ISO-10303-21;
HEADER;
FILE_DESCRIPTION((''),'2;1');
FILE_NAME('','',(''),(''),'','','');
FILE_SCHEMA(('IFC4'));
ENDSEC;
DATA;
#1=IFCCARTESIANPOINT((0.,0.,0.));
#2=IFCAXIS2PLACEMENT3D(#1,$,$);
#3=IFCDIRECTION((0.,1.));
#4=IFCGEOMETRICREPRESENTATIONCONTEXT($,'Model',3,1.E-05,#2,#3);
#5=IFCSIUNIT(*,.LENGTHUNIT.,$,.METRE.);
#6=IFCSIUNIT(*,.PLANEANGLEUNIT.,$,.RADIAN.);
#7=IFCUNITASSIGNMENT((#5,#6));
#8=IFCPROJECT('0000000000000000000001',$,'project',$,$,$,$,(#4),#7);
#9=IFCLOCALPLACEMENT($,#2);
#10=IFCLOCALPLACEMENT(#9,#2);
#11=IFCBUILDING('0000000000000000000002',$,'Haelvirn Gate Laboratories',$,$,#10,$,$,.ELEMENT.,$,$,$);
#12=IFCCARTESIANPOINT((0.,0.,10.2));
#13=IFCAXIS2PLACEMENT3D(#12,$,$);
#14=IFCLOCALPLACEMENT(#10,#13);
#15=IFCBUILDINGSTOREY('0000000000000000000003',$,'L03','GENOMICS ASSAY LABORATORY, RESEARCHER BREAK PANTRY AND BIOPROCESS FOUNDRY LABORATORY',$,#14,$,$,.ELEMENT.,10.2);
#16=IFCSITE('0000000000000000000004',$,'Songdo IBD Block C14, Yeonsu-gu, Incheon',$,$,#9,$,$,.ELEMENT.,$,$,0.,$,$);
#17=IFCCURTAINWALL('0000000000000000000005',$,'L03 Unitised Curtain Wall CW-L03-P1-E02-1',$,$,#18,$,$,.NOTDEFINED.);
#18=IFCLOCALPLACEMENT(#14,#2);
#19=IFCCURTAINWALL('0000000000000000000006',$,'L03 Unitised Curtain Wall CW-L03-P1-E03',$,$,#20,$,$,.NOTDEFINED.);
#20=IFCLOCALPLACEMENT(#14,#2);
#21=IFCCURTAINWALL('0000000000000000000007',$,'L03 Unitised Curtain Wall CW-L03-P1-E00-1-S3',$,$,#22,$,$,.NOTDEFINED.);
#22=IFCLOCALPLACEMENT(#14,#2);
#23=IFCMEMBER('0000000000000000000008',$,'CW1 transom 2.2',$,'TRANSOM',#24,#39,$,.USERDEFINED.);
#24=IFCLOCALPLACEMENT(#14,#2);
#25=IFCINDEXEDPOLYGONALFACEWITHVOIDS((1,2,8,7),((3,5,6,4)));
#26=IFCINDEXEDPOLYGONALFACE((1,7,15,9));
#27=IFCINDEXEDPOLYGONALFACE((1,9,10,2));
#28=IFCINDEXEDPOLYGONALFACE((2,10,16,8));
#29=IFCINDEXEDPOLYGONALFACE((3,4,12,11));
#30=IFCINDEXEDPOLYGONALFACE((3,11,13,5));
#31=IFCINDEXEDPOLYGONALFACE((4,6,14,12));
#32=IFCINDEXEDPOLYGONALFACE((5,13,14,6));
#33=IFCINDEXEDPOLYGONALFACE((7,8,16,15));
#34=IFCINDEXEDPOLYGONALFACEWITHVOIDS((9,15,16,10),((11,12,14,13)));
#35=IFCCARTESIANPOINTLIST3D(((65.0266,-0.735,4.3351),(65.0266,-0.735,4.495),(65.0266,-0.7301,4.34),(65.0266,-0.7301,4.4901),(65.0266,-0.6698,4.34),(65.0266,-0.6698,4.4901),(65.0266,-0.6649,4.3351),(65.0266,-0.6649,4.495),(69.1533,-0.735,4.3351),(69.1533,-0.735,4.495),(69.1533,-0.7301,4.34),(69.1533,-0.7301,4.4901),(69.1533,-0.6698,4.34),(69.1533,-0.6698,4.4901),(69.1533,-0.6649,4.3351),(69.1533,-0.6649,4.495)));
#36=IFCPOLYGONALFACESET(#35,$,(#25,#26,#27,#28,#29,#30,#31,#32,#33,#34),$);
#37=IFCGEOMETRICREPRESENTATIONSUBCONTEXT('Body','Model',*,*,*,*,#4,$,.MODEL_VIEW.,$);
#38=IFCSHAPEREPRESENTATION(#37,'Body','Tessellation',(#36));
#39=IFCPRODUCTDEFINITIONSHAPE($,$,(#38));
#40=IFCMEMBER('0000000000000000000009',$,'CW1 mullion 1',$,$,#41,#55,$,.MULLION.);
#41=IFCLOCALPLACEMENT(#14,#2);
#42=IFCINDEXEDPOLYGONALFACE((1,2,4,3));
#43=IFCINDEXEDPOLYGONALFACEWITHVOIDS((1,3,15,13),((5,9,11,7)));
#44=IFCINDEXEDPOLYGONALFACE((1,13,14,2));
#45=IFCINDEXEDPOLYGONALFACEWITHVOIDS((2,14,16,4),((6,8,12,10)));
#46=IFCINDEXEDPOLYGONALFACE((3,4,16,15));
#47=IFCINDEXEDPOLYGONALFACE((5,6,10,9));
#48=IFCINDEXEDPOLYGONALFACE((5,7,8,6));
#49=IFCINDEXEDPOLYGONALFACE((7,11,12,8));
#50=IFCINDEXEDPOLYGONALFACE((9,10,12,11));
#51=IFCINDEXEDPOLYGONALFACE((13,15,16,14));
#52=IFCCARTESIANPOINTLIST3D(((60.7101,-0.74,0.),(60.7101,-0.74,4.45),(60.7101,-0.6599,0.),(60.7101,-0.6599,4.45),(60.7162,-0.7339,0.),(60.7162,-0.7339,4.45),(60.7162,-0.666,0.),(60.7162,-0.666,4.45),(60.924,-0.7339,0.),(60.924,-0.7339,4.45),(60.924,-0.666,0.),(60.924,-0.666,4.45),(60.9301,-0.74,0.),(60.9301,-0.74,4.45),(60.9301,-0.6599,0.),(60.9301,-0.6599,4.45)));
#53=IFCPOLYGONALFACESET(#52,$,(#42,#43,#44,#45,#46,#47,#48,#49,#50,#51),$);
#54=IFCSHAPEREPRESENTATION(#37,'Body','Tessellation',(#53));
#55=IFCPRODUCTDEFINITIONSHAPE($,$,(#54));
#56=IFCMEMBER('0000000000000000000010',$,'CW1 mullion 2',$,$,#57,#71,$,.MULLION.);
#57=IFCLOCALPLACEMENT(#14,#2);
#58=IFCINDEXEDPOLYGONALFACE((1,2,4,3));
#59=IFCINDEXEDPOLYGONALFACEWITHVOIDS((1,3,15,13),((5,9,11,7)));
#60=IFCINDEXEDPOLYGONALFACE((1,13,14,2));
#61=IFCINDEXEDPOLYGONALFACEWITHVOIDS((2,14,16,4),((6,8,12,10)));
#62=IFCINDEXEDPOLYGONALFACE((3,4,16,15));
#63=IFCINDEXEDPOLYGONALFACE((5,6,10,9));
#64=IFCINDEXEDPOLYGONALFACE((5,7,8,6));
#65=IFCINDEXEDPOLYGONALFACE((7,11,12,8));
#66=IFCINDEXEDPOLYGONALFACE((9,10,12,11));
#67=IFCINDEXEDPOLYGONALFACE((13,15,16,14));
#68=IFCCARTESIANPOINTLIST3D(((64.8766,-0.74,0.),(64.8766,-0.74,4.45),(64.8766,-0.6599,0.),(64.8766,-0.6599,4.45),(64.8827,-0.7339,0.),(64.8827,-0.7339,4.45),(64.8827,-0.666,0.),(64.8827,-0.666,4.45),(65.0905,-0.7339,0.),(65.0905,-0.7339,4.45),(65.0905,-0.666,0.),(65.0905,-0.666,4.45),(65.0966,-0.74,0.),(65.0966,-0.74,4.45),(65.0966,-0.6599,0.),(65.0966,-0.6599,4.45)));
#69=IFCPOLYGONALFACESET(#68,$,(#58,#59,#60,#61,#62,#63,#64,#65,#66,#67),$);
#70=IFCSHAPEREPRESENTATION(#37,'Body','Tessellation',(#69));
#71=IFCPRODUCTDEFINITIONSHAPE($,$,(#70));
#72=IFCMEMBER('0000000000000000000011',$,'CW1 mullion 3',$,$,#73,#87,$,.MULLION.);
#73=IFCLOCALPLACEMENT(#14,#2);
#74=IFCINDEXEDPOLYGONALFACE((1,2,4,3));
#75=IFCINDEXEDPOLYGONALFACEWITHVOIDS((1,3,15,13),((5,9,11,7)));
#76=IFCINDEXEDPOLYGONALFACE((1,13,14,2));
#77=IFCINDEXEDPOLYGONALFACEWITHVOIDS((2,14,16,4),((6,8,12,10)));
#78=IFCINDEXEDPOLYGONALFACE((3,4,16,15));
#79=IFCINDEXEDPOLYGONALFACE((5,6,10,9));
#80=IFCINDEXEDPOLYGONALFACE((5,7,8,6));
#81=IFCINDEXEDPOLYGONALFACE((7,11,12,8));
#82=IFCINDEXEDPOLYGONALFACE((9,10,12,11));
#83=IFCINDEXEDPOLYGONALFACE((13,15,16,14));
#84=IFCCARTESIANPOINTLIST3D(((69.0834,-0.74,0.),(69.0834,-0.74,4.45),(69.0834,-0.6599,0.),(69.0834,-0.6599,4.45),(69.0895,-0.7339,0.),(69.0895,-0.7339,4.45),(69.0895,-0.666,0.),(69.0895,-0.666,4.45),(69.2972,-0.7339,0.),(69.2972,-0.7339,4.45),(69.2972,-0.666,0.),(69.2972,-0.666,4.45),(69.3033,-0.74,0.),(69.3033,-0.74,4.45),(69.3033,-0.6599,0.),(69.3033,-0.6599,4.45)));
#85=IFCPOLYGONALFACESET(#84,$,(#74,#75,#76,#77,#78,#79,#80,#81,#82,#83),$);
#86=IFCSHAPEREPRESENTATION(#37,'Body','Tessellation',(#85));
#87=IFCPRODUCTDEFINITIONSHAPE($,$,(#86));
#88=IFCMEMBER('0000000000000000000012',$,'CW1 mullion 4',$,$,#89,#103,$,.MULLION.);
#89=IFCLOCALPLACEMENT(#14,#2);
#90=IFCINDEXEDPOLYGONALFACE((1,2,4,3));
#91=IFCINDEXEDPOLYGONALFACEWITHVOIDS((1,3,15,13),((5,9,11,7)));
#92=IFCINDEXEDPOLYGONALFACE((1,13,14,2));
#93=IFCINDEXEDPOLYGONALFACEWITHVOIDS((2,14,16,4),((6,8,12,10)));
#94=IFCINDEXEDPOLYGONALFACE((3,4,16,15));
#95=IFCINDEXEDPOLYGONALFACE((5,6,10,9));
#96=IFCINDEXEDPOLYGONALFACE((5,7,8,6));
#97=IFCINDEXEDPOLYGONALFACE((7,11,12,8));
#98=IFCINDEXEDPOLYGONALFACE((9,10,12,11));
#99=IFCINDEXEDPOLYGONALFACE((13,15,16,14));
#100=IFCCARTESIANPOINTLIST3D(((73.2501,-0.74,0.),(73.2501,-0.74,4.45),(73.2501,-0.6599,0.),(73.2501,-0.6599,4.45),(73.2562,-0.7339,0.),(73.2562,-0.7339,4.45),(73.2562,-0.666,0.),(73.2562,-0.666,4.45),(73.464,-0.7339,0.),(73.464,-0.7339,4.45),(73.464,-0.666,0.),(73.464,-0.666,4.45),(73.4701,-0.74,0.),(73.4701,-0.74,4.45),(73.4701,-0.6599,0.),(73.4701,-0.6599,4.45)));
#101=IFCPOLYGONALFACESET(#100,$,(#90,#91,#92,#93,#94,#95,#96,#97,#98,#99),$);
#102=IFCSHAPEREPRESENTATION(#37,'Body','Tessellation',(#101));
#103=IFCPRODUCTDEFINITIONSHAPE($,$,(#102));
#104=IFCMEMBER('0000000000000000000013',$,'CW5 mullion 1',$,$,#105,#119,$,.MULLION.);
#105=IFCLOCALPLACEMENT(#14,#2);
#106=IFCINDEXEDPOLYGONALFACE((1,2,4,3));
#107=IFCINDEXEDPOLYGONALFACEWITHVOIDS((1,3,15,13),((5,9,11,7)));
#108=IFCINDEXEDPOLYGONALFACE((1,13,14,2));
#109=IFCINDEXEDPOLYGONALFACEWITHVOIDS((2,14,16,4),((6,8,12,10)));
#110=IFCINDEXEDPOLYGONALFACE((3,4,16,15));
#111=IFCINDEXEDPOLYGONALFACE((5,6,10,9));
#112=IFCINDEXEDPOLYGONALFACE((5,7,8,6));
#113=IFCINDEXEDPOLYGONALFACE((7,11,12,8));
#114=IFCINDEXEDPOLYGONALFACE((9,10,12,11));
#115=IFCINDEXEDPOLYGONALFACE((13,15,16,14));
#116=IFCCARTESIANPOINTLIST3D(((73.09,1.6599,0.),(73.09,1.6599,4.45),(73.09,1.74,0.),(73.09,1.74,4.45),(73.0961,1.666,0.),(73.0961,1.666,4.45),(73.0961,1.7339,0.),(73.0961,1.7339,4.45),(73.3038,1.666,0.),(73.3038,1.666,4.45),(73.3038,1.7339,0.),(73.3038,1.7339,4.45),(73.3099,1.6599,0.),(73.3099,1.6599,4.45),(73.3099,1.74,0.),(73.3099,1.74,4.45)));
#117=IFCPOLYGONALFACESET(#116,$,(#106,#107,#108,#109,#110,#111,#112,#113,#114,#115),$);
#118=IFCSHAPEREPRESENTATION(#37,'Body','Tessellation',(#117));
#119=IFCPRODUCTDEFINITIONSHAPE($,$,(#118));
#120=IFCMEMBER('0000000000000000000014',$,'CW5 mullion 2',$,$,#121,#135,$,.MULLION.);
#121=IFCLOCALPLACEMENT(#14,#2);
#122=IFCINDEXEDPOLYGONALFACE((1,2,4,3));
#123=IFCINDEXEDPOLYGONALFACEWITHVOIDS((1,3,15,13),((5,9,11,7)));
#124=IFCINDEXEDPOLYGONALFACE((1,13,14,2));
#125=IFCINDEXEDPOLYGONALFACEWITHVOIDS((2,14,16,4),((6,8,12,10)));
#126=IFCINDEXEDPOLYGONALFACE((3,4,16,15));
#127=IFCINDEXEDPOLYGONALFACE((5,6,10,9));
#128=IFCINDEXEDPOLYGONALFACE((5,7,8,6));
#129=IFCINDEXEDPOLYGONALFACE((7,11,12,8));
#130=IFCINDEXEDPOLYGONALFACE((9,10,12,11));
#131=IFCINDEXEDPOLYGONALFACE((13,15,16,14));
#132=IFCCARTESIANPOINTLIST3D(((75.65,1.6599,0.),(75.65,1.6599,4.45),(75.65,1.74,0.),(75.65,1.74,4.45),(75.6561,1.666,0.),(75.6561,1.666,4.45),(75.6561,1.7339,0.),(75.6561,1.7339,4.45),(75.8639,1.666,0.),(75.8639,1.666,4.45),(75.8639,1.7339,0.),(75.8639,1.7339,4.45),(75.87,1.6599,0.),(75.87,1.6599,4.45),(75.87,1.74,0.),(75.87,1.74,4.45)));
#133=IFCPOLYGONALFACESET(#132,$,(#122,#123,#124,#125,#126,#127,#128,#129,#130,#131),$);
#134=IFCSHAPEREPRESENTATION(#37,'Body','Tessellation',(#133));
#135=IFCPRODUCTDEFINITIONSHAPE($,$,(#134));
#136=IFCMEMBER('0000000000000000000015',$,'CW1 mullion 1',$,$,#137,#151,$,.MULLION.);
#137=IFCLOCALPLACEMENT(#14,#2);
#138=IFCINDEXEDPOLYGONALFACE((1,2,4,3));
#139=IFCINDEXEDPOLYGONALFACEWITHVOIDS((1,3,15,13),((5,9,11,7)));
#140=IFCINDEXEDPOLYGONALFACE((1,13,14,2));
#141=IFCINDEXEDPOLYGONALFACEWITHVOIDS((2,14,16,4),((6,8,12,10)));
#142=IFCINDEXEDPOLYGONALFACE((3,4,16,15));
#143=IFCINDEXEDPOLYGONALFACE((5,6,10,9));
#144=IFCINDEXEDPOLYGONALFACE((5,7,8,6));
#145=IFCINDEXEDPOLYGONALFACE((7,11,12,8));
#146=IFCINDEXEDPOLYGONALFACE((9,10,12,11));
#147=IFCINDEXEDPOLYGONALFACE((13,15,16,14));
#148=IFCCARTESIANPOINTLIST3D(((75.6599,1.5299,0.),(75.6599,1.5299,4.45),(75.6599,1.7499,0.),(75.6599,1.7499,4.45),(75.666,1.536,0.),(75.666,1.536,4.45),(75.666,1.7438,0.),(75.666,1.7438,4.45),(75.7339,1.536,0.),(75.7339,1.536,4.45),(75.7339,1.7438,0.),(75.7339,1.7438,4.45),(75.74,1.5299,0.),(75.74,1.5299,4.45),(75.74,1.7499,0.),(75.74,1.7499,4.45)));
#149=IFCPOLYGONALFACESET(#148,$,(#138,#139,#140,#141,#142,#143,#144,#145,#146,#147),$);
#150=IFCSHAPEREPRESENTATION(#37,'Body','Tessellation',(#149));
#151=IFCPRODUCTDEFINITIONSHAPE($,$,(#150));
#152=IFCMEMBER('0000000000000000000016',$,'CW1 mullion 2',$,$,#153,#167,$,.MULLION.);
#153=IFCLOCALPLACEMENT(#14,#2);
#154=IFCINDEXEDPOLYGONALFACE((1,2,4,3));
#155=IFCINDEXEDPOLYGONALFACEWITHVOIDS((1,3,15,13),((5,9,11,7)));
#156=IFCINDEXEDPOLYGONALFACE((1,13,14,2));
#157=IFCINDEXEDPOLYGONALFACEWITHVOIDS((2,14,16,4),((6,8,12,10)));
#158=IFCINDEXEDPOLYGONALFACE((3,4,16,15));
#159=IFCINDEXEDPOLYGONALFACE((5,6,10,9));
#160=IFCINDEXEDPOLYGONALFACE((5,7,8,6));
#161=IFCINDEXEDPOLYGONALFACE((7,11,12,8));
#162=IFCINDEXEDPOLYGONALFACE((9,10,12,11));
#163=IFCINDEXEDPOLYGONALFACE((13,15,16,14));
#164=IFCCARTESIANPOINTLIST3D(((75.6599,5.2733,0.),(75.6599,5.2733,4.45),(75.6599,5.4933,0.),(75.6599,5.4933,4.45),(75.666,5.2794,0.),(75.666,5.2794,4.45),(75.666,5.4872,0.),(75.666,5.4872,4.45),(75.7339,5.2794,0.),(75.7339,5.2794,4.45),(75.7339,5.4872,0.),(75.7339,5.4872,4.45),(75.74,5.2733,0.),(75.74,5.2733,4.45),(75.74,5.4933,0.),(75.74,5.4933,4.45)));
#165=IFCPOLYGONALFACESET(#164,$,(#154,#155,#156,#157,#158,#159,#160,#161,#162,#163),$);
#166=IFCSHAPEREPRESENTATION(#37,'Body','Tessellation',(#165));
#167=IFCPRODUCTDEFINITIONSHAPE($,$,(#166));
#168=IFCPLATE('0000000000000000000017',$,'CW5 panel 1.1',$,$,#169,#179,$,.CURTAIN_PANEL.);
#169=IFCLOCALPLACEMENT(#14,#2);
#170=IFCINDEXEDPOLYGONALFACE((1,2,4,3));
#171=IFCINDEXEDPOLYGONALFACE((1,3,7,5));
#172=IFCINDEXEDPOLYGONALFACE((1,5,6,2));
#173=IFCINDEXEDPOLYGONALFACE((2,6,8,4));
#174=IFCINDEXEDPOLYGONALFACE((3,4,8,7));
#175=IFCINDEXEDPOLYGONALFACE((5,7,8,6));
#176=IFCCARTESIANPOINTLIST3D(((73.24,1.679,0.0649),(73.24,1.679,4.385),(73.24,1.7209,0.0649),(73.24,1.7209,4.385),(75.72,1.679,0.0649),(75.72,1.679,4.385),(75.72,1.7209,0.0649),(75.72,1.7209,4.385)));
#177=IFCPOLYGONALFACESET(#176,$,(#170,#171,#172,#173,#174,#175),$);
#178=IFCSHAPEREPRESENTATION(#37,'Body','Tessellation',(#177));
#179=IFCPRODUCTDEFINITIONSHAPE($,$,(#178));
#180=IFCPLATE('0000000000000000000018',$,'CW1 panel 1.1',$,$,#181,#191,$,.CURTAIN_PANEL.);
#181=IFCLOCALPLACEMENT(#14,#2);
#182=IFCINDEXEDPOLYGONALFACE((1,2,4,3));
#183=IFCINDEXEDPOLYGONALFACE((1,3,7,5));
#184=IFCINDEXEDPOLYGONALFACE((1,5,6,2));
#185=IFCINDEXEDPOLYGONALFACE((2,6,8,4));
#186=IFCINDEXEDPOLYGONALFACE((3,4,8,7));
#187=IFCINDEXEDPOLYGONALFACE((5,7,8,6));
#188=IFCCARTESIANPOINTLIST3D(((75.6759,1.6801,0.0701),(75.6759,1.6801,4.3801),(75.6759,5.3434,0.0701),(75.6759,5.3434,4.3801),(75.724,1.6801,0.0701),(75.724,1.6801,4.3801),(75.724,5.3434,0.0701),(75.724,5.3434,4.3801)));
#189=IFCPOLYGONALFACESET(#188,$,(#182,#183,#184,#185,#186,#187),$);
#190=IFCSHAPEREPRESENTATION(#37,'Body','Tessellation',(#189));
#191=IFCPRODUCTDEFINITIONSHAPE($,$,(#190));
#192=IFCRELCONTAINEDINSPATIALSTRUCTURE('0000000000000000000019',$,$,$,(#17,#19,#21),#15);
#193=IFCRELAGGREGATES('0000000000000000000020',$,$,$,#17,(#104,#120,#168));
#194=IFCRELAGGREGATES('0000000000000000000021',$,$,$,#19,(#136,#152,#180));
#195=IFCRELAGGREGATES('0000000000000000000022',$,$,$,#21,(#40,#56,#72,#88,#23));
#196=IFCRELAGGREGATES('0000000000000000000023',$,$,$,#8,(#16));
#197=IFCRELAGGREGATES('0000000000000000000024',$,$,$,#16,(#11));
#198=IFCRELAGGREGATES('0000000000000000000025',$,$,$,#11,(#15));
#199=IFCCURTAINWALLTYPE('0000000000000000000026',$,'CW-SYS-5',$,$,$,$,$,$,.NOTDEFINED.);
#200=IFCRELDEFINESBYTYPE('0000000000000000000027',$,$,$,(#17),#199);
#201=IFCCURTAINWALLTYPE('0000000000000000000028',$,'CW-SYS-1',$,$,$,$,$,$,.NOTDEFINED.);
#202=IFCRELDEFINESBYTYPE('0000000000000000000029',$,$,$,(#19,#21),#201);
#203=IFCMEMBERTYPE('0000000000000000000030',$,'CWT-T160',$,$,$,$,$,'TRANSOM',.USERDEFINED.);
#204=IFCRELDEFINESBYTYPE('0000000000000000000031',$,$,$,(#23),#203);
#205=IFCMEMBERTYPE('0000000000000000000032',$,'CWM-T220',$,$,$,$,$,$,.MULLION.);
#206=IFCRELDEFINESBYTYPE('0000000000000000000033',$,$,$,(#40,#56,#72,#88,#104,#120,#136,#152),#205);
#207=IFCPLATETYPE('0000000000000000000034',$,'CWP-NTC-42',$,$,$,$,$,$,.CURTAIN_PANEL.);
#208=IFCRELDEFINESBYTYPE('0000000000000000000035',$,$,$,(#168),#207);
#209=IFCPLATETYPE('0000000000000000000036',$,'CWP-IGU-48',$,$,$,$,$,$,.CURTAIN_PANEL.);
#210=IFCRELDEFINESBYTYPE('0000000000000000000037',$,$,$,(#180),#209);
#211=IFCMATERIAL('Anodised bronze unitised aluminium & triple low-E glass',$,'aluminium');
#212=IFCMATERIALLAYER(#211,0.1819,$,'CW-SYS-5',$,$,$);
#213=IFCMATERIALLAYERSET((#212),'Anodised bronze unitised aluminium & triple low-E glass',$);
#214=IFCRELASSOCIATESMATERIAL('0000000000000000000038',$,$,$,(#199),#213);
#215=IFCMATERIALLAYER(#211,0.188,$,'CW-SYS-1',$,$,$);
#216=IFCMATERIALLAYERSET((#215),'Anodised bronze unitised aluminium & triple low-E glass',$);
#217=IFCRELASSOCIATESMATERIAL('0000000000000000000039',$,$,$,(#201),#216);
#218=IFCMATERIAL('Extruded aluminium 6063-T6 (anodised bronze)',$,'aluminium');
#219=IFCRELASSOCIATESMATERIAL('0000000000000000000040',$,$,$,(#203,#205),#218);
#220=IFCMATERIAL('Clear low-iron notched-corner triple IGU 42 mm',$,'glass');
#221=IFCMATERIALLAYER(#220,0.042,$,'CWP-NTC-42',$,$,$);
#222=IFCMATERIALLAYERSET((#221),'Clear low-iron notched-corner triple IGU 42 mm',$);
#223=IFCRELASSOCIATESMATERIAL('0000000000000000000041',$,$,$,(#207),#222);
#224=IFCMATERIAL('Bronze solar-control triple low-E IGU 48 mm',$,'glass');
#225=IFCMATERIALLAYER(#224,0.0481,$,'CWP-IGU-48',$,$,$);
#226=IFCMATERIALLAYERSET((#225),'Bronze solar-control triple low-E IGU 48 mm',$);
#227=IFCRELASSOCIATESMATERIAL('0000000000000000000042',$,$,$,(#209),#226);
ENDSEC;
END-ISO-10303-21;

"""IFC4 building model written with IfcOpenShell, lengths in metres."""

from ifc_helpers import new_model, si_unit, direction, frame, origin, origin_2d, place, context, subcontext, project, spatial, rectangle, hollow_rectangle, extrude, source, transform, mapped, material, layer, layer_set, material_profile, profile_set, type_object, type_shapes, element, aggregate, save


model = new_model("IFC4")

# Units and contexts
model_context = context("Model", 3, precision=1e-05, world=origin(), true_north=direction((0.0, 1.0)))
body_context = subcontext(model_context, "Body", "Model", "MODEL_VIEW")
ifc_project = project(units=[si_unit("LENGTHUNIT", "METRE"), si_unit("PLANEANGLEUNIT", "RADIAN")], contexts=[model_context])

# Site, building, storey
site_placement = place(None, origin())
site = spatial("IfcSite", under=ifc_project, at=site_placement, Name="Songdo IBD Block C14, Yeonsu-gu, Incheon", CompositionType="ELEMENT", RefElevation=0.0)
building_placement = place(site_placement, origin())
building = spatial("IfcBuilding", under=site, at=building_placement, Name="Haelvirn Gate Laboratories", CompositionType="ELEMENT")
storey_placement = place(building_placement, frame((0.0, 0.0, 10.2)))
storey = spatial("IfcBuildingStorey", under=building, at=storey_placement, Name="L03", Description="GENOMICS ASSAY LABORATORY, RESEARCHER BREAK PANTRY AND BIOPROCESS FOUNDRY LABORATORY", CompositionType="ELEMENT", Elevation=10.2)

# Curtain walls, members
ifc_material_1 = material(Name="Anodised bronze unitised aluminium & triple low-E glass", Category="aluminium")
ifc_layer_1 = layer(ifc_material_1, 0.1819, Name="CW-SYS-5")
ifc_layer_set_1 = layer_set([ifc_layer_1], Name="Anodised bronze unitised aluminium & triple low-E glass")
curtain_wall_type_1 = type_object("IfcCurtainWallType", Name="CW-SYS-5", PredefinedType="NOTDEFINED", material=ifc_layer_set_1)
curtain_wall_1_placement = place(storey_placement, origin())
curtain_wall_1 = element("IfcCurtainWall", 1, at=curtain_wall_1_placement, inside=storey, type_object=curtain_wall_type_1, Name="L03 Unitised Curtain Wall CW-L03-P1-E02-1", PredefinedType="NOTDEFINED")
ifc_material_2 = material(Name="Extruded aluminium 6063-T6 (anodised bronze)", Category="aluminium")
ifc_layer_2 = layer(ifc_material_1, 0.188, Name="CW-SYS-1")
ifc_layer_set_2 = layer_set([ifc_layer_2], Name="Anodised bronze unitised aluminium & triple low-E glass")
curtain_wall_type_2 = type_object("IfcCurtainWallType", Name="CW-SYS-1", PredefinedType="NOTDEFINED", material=ifc_layer_set_2)
curtain_wall_2_placement = place(storey_placement, origin())
curtain_wall_2 = element("IfcCurtainWall", 2, at=curtain_wall_2_placement, inside=storey, type_object=curtain_wall_type_2, Name="L03 Unitised Curtain Wall CW-L03-P1-E03", PredefinedType="NOTDEFINED")
ifc_material_profile_1 = material_profile(ifc_material_2, hollow_rectangle(XDim=0.0701, YDim=0.1599, WallThickness=0.0049, at=origin_2d()), Name="CWT-160x70x5")
ifc_profile_set_1 = profile_set([ifc_material_profile_1], Name="Extruded aluminium 6063-T6 (anodised bronze)")
member_type_1 = type_object("IfcMemberType", Name="CWT-T160", ElementType="TRANSOM", PredefinedType="USERDEFINED", material=ifc_profile_set_1)
curtain_wall_3_placement = place(storey_placement, origin())
curtain_wall_3 = element("IfcCurtainWall", 3, at=curtain_wall_3_placement, inside=storey, type_object=curtain_wall_type_2, Name="L03 Unitised Curtain Wall CW-L03-P1-E00-1-S3", PredefinedType="NOTDEFINED")
shared_shape_1 = source(origin(), body_context, "Body", "SweptSolid", [
    extrude(hollow_rectangle(XDim=0.0701, YDim=0.1599, WallThickness=0.0049, at=origin_2d()), origin(), (0.0, 0.0, 1.0), 4.1267),
])
member_1_placement = place(storey_placement, frame((65.0266, -0.7, 4.415), z_axis=(1.0, 0.0, 0.0), x_axis=(0.0, 1.0, 0.0)))
member_1 = element("IfcMember", 4, at=member_1_placement, type_object=member_type_1, Name="CW1 transom 2.2", ObjectType="TRANSOM", PredefinedType="USERDEFINED", context=body_context, shape_type="MappedRepresentation", body=[
    mapped(shared_shape_1, transform((0.0, 0.0, 0.0), scale=1.0)),
])
ifc_material_profile_2 = material_profile(ifc_material_2, hollow_rectangle(XDim=0.0801, YDim=0.22, WallThickness=0.0061, at=origin_2d()), Name="CWM-220x80x6")
ifc_profile_set_2 = profile_set([ifc_material_profile_2], Name="Extruded aluminium 6063-T6 (anodised bronze)")
member_type_2 = type_object("IfcMemberType", Name="CWM-T220", PredefinedType="MULLION", material=ifc_profile_set_2)
shared_shape_2 = source(origin(), body_context, "Body", "SweptSolid", [
    extrude(hollow_rectangle(XDim=0.0801, YDim=0.22, WallThickness=0.0061, at=origin_2d()), origin(), (0.0, 0.0, 1.0), 4.45),
])
type_shapes(member_type_2, [shared_shape_2])
member_2_placement = place(storey_placement, frame((60.8201, -0.7, 0.0), z_axis=(0.0, 0.0, 1.0), x_axis=(0.0, 1.0, 0.0)))
member_2 = element("IfcMember", 5, at=member_2_placement, type_object=member_type_2, Name="CW1 mullion 1", PredefinedType="MULLION", context=body_context, shape_type="MappedRepresentation", body=[
    mapped(shared_shape_2, transform((0.0, 0.0, 0.0), scale=1.0)),
])
member_3_placement = place(storey_placement, frame((64.9866, -0.7, 0.0), z_axis=(0.0, 0.0, 1.0), x_axis=(0.0, 1.0, 0.0)))
member_3 = element("IfcMember", 6, at=member_3_placement, type_object=member_type_2, Name="CW1 mullion 2", PredefinedType="MULLION", context=body_context, shape_type="MappedRepresentation", body=[
    mapped(shared_shape_2, transform((0.0, 0.0, 0.0), scale=1.0)),
])
member_4_placement = place(storey_placement, frame((69.1934, -0.7, 0.0), z_axis=(0.0, 0.0, 1.0), x_axis=(0.0, 1.0, 0.0)))
member_4 = element("IfcMember", 7, at=member_4_placement, type_object=member_type_2, Name="CW1 mullion 3", PredefinedType="MULLION", context=body_context, shape_type="MappedRepresentation", body=[
    mapped(shared_shape_2, transform((0.0, 0.0, 0.0), scale=1.0)),
])
member_5_placement = place(storey_placement, frame((73.3601, -0.7, 0.0), z_axis=(0.0, 0.0, 1.0), x_axis=(0.0, 1.0, 0.0)))
member_5 = element("IfcMember", 8, at=member_5_placement, type_object=member_type_2, Name="CW1 mullion 4", PredefinedType="MULLION", context=body_context, shape_type="MappedRepresentation", body=[
    mapped(shared_shape_2, transform((0.0, 0.0, 0.0), scale=1.0)),
])

# Members
member_6_placement = place(storey_placement, frame((73.2, 1.7, 0.0), z_axis=(0.0, 0.0, 1.0), x_axis=(0.0, 1.0, 0.0)))
member_6 = element("IfcMember", 9, at=member_6_placement, type_object=member_type_2, Name="CW5 mullion 1", PredefinedType="MULLION", context=body_context, shape_type="MappedRepresentation", body=[
    mapped(shared_shape_2, transform((0.0, 0.0, 0.0), scale=1.0)),
])
member_7_placement = place(storey_placement, frame((75.76, 1.7, 0.0), z_axis=(0.0, 0.0, 1.0), x_axis=(0.0, 1.0, 0.0)))
member_7 = element("IfcMember", 10, at=member_7_placement, type_object=member_type_2, Name="CW5 mullion 2", PredefinedType="MULLION", context=body_context, shape_type="MappedRepresentation", body=[
    mapped(shared_shape_2, transform((0.0, 0.0, 0.0), scale=1.0)),
])
member_8_placement = place(storey_placement, frame((75.7, 1.6399, 0.0), z_axis=(0.0, 0.0, 1.0), x_axis=(-1.0, 0.0, 0.0)))
member_8 = element("IfcMember", 11, at=member_8_placement, type_object=member_type_2, Name="CW1 mullion 1", PredefinedType="MULLION", context=body_context, shape_type="MappedRepresentation", body=[
    mapped(shared_shape_2, transform((0.0, 0.0, 0.0), scale=1.0)),
])
member_9_placement = place(storey_placement, frame((75.7, 5.3833, 0.0), z_axis=(0.0, 0.0, 1.0), x_axis=(-1.0, 0.0, 0.0)))
member_9 = element("IfcMember", 12, at=member_9_placement, type_object=member_type_2, Name="CW1 mullion 2", PredefinedType="MULLION", context=body_context, shape_type="MappedRepresentation", body=[
    mapped(shared_shape_2, transform((0.0, 0.0, 0.0), scale=1.0)),
])

# Plates
ifc_material_3 = material(Name="Clear low-iron notched-corner triple IGU 42 mm", Category="glass")
ifc_layer_3 = layer(ifc_material_3, 0.042, Name="CWP-NTC-42")
ifc_layer_set_3 = layer_set([ifc_layer_3], Name="Clear low-iron notched-corner triple IGU 42 mm")
plate_type_1 = type_object("IfcPlateType", Name="CWP-NTC-42", PredefinedType="CURTAIN_PANEL", material=ifc_layer_set_3)
shared_shape_3 = source(origin(), body_context, "Body", "SweptSolid", [
    extrude(rectangle(XDim=2.48, YDim=0.042, at=origin_2d()), origin(), (0.0, 0.0, 1.0), 4.3201),
])
type_shapes(plate_type_1, [shared_shape_3])
plate_1_placement = place(storey_placement, frame((74.48, 1.7, 0.0649), z_axis=(0.0, 0.0, 1.0), x_axis=(1.0, 0.0, 0.0)))
plate_1 = element("IfcPlate", 13, at=plate_1_placement, type_object=plate_type_1, Name="CW5 panel 1.1", PredefinedType="CURTAIN_PANEL", context=body_context, shape_type="MappedRepresentation", body=[
    mapped(shared_shape_3, transform((0.0, 0.0, 0.0), scale=1.0)),
])
aggregate(curtain_wall_1, [member_6, member_7, plate_1])
ifc_material_4 = material(Name="Bronze solar-control triple low-E IGU 48 mm", Category="glass")
ifc_layer_4 = layer(ifc_material_4, 0.0481, Name="CWP-IGU-48")
ifc_layer_set_4 = layer_set([ifc_layer_4], Name="Bronze solar-control triple low-E IGU 48 mm")
plate_type_2 = type_object("IfcPlateType", Name="CWP-IGU-48", PredefinedType="CURTAIN_PANEL", material=ifc_layer_set_4)
shared_shape_4 = source(origin(), body_context, "Body", "SweptSolid", [
    extrude(rectangle(XDim=3.6633, YDim=0.0481, at=origin_2d()), origin(), (0.0, 0.0, 1.0), 4.3101),
])
plate_2_placement = place(storey_placement, frame((75.7, 3.5117, 0.0701), z_axis=(0.0, 0.0, 1.0), x_axis=(0.0, 1.0, 0.0)))
plate_2 = element("IfcPlate", 14, at=plate_2_placement, type_object=plate_type_2, Name="CW1 panel 1.1", PredefinedType="CURTAIN_PANEL", context=body_context, shape_type="MappedRepresentation", body=[
    mapped(shared_shape_4, transform((0.0, 0.0, 0.0), scale=1.0)),
])
aggregate(curtain_wall_2, [member_8, member_9, plate_2])
aggregate(curtain_wall_3, [member_2, member_3, member_4, member_5, member_1])

save(model, "model.ifc")
